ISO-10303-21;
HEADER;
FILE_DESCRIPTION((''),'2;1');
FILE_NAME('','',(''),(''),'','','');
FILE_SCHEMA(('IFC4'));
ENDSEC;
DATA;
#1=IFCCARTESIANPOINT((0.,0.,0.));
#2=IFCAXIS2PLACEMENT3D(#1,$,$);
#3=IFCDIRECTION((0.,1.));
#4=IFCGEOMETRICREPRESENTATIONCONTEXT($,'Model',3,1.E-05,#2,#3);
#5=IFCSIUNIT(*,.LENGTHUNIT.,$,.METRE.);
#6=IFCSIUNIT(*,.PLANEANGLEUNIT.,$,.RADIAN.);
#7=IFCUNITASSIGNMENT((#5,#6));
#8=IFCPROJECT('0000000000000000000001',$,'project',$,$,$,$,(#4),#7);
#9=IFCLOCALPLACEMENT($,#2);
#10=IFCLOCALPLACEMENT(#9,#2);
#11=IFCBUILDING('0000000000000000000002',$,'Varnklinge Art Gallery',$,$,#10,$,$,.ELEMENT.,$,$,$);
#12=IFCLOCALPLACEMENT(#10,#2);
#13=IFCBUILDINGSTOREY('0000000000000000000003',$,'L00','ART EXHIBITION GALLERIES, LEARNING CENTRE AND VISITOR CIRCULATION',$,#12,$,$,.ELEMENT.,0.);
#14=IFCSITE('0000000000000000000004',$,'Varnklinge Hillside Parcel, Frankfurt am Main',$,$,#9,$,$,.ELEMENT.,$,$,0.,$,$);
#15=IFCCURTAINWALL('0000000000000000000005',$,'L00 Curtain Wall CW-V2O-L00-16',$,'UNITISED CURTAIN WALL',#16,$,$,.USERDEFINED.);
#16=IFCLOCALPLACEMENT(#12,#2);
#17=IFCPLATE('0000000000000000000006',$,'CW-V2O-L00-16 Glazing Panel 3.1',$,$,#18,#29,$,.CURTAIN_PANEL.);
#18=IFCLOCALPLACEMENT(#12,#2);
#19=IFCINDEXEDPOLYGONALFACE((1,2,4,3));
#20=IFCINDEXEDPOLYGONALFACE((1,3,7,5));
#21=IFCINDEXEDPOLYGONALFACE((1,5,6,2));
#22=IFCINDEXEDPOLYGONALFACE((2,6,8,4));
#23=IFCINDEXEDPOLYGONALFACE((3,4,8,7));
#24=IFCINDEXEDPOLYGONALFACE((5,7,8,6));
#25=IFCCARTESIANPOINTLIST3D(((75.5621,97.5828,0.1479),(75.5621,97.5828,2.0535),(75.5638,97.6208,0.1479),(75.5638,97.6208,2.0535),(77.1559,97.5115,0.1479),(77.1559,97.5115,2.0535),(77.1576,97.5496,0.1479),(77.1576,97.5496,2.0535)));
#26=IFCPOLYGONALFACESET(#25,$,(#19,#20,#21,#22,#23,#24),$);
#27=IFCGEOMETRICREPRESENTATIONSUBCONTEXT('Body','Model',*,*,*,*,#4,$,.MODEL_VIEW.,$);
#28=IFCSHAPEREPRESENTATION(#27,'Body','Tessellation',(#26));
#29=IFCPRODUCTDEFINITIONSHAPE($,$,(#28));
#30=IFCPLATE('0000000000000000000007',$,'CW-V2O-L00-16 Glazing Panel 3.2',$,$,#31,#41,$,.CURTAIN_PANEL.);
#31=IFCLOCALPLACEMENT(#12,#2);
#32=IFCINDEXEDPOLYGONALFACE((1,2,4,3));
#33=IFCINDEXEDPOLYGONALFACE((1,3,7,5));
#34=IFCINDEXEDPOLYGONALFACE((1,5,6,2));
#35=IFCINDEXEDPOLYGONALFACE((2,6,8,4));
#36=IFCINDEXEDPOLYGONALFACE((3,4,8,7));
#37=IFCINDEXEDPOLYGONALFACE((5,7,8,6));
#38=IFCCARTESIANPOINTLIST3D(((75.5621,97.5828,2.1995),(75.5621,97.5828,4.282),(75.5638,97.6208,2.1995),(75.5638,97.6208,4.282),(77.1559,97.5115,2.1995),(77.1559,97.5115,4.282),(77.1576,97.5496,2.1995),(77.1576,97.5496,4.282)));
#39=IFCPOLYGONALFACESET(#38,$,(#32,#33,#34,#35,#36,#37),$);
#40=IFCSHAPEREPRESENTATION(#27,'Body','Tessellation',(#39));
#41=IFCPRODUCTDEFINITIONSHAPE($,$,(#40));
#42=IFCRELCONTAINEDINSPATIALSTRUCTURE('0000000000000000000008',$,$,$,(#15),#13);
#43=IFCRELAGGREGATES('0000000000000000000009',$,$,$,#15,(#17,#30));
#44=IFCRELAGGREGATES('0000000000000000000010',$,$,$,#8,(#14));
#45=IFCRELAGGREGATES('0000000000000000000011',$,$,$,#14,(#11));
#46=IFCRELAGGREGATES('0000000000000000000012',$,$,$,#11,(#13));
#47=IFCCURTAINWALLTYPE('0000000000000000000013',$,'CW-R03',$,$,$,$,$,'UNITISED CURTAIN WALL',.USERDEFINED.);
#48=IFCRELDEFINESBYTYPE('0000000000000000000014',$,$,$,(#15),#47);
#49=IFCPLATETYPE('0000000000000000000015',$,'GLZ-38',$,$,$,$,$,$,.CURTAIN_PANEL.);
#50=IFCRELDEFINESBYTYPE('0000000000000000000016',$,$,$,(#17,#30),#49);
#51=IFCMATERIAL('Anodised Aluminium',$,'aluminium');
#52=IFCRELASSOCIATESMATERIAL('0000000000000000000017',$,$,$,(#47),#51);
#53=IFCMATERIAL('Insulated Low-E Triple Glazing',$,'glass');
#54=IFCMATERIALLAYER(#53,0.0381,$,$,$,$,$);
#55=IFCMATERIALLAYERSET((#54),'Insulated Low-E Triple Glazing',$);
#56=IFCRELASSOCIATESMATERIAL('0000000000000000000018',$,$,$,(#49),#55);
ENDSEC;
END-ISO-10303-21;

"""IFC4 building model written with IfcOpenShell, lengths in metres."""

from ifc_helpers import new_model, si_unit, direction, frame, origin, origin_2d, place, context, subcontext, project, spatial, rectangle, extrude, material, layer, layer_set, type_object, element, aggregate, save


model = new_model("IFC4")

# Units and contexts
model_context = context("Model", 3, precision=1e-05, world=origin(), true_north=direction((0.0, 1.0)))
body_context = subcontext(model_context, "Body", "Model", "MODEL_VIEW")
ifc_project = project(units=[si_unit("LENGTHUNIT", "METRE"), si_unit("PLANEANGLEUNIT", "RADIAN")], contexts=[model_context])

# Site, building, storey
site_placement = place(None, origin())
site = spatial("IfcSite", under=ifc_project, at=site_placement, Name="Varnklinge Hillside Parcel, Frankfurt am Main", CompositionType="ELEMENT", RefElevation=0.0)
building_placement = place(site_placement, origin())
building = spatial("IfcBuilding", under=site, at=building_placement, Name="Varnklinge Art Gallery", CompositionType="ELEMENT")
storey_placement = place(building_placement, origin())
storey = spatial("IfcBuildingStorey", under=building, at=storey_placement, Name="L00", Description="ART EXHIBITION GALLERIES, LEARNING CENTRE AND VISITOR CIRCULATION", CompositionType="ELEMENT", Elevation=0.0)

# Curtain wall
ifc_material_1 = material(Name="Anodised Aluminium", Category="aluminium")
curtain_wall_type = type_object("IfcCurtainWallType", Name="CW-R03", ElementType="UNITISED CURTAIN WALL", PredefinedType="USERDEFINED", material=ifc_material_1)
curtain_wall_1_placement = place(storey_placement, origin())
curtain_wall_1 = element("IfcCurtainWall", 1, at=curtain_wall_1_placement, inside=storey, type_object=curtain_wall_type, Name="L00 Curtain Wall CW-V2O-L00-16", ObjectType="UNITISED CURTAIN WALL", PredefinedType="USERDEFINED")

# Plates
ifc_material_2 = material(Name="Insulated Low-E Triple Glazing", Category="glass")
ifc_layer = layer(ifc_material_2, 0.0381)
ifc_layer_set = layer_set([ifc_layer], Name="Insulated Low-E Triple Glazing")
plate_type = type_object("IfcPlateType", Name="GLZ-38", PredefinedType="CURTAIN_PANEL", material=ifc_layer_set)
plate_1_placement = place(storey_placement, frame((76.3599, 97.5662, 0.1479), z_axis=(0.0, 0.0, 1.0), x_axis=(-0.999002, 0.044666, 0.0)))
plate_1 = element("IfcPlate", 2, at=plate_1_placement, type_object=plate_type, Name="CW-V2O-L00-16 Glazing Panel 3.1", PredefinedType="CURTAIN_PANEL", context=body_context, shape_type="SweptSolid", body=[
    extrude(rectangle(XDim=1.5955, YDim=0.0381, at=origin_2d()), origin(), (0.0, 0.0, 1.0), 1.9055),
])
plate_2_placement = place(storey_placement, frame((76.3599, 97.5662, 2.1995), z_axis=(0.0, 0.0, 1.0), x_axis=(-0.999002, 0.044666, 0.0)))
plate_2 = element("IfcPlate", 3, at=plate_2_placement, type_object=plate_type, Name="CW-V2O-L00-16 Glazing Panel 3.2", PredefinedType="CURTAIN_PANEL", context=body_context, shape_type="SweptSolid", body=[
    extrude(rectangle(XDim=1.5955, YDim=0.0381, at=origin_2d()), origin(), (0.0, 0.0, 1.0), 2.0825),
])
aggregate(curtain_wall_1, [plate_1, plate_2])

save(model, "model.ifc")
